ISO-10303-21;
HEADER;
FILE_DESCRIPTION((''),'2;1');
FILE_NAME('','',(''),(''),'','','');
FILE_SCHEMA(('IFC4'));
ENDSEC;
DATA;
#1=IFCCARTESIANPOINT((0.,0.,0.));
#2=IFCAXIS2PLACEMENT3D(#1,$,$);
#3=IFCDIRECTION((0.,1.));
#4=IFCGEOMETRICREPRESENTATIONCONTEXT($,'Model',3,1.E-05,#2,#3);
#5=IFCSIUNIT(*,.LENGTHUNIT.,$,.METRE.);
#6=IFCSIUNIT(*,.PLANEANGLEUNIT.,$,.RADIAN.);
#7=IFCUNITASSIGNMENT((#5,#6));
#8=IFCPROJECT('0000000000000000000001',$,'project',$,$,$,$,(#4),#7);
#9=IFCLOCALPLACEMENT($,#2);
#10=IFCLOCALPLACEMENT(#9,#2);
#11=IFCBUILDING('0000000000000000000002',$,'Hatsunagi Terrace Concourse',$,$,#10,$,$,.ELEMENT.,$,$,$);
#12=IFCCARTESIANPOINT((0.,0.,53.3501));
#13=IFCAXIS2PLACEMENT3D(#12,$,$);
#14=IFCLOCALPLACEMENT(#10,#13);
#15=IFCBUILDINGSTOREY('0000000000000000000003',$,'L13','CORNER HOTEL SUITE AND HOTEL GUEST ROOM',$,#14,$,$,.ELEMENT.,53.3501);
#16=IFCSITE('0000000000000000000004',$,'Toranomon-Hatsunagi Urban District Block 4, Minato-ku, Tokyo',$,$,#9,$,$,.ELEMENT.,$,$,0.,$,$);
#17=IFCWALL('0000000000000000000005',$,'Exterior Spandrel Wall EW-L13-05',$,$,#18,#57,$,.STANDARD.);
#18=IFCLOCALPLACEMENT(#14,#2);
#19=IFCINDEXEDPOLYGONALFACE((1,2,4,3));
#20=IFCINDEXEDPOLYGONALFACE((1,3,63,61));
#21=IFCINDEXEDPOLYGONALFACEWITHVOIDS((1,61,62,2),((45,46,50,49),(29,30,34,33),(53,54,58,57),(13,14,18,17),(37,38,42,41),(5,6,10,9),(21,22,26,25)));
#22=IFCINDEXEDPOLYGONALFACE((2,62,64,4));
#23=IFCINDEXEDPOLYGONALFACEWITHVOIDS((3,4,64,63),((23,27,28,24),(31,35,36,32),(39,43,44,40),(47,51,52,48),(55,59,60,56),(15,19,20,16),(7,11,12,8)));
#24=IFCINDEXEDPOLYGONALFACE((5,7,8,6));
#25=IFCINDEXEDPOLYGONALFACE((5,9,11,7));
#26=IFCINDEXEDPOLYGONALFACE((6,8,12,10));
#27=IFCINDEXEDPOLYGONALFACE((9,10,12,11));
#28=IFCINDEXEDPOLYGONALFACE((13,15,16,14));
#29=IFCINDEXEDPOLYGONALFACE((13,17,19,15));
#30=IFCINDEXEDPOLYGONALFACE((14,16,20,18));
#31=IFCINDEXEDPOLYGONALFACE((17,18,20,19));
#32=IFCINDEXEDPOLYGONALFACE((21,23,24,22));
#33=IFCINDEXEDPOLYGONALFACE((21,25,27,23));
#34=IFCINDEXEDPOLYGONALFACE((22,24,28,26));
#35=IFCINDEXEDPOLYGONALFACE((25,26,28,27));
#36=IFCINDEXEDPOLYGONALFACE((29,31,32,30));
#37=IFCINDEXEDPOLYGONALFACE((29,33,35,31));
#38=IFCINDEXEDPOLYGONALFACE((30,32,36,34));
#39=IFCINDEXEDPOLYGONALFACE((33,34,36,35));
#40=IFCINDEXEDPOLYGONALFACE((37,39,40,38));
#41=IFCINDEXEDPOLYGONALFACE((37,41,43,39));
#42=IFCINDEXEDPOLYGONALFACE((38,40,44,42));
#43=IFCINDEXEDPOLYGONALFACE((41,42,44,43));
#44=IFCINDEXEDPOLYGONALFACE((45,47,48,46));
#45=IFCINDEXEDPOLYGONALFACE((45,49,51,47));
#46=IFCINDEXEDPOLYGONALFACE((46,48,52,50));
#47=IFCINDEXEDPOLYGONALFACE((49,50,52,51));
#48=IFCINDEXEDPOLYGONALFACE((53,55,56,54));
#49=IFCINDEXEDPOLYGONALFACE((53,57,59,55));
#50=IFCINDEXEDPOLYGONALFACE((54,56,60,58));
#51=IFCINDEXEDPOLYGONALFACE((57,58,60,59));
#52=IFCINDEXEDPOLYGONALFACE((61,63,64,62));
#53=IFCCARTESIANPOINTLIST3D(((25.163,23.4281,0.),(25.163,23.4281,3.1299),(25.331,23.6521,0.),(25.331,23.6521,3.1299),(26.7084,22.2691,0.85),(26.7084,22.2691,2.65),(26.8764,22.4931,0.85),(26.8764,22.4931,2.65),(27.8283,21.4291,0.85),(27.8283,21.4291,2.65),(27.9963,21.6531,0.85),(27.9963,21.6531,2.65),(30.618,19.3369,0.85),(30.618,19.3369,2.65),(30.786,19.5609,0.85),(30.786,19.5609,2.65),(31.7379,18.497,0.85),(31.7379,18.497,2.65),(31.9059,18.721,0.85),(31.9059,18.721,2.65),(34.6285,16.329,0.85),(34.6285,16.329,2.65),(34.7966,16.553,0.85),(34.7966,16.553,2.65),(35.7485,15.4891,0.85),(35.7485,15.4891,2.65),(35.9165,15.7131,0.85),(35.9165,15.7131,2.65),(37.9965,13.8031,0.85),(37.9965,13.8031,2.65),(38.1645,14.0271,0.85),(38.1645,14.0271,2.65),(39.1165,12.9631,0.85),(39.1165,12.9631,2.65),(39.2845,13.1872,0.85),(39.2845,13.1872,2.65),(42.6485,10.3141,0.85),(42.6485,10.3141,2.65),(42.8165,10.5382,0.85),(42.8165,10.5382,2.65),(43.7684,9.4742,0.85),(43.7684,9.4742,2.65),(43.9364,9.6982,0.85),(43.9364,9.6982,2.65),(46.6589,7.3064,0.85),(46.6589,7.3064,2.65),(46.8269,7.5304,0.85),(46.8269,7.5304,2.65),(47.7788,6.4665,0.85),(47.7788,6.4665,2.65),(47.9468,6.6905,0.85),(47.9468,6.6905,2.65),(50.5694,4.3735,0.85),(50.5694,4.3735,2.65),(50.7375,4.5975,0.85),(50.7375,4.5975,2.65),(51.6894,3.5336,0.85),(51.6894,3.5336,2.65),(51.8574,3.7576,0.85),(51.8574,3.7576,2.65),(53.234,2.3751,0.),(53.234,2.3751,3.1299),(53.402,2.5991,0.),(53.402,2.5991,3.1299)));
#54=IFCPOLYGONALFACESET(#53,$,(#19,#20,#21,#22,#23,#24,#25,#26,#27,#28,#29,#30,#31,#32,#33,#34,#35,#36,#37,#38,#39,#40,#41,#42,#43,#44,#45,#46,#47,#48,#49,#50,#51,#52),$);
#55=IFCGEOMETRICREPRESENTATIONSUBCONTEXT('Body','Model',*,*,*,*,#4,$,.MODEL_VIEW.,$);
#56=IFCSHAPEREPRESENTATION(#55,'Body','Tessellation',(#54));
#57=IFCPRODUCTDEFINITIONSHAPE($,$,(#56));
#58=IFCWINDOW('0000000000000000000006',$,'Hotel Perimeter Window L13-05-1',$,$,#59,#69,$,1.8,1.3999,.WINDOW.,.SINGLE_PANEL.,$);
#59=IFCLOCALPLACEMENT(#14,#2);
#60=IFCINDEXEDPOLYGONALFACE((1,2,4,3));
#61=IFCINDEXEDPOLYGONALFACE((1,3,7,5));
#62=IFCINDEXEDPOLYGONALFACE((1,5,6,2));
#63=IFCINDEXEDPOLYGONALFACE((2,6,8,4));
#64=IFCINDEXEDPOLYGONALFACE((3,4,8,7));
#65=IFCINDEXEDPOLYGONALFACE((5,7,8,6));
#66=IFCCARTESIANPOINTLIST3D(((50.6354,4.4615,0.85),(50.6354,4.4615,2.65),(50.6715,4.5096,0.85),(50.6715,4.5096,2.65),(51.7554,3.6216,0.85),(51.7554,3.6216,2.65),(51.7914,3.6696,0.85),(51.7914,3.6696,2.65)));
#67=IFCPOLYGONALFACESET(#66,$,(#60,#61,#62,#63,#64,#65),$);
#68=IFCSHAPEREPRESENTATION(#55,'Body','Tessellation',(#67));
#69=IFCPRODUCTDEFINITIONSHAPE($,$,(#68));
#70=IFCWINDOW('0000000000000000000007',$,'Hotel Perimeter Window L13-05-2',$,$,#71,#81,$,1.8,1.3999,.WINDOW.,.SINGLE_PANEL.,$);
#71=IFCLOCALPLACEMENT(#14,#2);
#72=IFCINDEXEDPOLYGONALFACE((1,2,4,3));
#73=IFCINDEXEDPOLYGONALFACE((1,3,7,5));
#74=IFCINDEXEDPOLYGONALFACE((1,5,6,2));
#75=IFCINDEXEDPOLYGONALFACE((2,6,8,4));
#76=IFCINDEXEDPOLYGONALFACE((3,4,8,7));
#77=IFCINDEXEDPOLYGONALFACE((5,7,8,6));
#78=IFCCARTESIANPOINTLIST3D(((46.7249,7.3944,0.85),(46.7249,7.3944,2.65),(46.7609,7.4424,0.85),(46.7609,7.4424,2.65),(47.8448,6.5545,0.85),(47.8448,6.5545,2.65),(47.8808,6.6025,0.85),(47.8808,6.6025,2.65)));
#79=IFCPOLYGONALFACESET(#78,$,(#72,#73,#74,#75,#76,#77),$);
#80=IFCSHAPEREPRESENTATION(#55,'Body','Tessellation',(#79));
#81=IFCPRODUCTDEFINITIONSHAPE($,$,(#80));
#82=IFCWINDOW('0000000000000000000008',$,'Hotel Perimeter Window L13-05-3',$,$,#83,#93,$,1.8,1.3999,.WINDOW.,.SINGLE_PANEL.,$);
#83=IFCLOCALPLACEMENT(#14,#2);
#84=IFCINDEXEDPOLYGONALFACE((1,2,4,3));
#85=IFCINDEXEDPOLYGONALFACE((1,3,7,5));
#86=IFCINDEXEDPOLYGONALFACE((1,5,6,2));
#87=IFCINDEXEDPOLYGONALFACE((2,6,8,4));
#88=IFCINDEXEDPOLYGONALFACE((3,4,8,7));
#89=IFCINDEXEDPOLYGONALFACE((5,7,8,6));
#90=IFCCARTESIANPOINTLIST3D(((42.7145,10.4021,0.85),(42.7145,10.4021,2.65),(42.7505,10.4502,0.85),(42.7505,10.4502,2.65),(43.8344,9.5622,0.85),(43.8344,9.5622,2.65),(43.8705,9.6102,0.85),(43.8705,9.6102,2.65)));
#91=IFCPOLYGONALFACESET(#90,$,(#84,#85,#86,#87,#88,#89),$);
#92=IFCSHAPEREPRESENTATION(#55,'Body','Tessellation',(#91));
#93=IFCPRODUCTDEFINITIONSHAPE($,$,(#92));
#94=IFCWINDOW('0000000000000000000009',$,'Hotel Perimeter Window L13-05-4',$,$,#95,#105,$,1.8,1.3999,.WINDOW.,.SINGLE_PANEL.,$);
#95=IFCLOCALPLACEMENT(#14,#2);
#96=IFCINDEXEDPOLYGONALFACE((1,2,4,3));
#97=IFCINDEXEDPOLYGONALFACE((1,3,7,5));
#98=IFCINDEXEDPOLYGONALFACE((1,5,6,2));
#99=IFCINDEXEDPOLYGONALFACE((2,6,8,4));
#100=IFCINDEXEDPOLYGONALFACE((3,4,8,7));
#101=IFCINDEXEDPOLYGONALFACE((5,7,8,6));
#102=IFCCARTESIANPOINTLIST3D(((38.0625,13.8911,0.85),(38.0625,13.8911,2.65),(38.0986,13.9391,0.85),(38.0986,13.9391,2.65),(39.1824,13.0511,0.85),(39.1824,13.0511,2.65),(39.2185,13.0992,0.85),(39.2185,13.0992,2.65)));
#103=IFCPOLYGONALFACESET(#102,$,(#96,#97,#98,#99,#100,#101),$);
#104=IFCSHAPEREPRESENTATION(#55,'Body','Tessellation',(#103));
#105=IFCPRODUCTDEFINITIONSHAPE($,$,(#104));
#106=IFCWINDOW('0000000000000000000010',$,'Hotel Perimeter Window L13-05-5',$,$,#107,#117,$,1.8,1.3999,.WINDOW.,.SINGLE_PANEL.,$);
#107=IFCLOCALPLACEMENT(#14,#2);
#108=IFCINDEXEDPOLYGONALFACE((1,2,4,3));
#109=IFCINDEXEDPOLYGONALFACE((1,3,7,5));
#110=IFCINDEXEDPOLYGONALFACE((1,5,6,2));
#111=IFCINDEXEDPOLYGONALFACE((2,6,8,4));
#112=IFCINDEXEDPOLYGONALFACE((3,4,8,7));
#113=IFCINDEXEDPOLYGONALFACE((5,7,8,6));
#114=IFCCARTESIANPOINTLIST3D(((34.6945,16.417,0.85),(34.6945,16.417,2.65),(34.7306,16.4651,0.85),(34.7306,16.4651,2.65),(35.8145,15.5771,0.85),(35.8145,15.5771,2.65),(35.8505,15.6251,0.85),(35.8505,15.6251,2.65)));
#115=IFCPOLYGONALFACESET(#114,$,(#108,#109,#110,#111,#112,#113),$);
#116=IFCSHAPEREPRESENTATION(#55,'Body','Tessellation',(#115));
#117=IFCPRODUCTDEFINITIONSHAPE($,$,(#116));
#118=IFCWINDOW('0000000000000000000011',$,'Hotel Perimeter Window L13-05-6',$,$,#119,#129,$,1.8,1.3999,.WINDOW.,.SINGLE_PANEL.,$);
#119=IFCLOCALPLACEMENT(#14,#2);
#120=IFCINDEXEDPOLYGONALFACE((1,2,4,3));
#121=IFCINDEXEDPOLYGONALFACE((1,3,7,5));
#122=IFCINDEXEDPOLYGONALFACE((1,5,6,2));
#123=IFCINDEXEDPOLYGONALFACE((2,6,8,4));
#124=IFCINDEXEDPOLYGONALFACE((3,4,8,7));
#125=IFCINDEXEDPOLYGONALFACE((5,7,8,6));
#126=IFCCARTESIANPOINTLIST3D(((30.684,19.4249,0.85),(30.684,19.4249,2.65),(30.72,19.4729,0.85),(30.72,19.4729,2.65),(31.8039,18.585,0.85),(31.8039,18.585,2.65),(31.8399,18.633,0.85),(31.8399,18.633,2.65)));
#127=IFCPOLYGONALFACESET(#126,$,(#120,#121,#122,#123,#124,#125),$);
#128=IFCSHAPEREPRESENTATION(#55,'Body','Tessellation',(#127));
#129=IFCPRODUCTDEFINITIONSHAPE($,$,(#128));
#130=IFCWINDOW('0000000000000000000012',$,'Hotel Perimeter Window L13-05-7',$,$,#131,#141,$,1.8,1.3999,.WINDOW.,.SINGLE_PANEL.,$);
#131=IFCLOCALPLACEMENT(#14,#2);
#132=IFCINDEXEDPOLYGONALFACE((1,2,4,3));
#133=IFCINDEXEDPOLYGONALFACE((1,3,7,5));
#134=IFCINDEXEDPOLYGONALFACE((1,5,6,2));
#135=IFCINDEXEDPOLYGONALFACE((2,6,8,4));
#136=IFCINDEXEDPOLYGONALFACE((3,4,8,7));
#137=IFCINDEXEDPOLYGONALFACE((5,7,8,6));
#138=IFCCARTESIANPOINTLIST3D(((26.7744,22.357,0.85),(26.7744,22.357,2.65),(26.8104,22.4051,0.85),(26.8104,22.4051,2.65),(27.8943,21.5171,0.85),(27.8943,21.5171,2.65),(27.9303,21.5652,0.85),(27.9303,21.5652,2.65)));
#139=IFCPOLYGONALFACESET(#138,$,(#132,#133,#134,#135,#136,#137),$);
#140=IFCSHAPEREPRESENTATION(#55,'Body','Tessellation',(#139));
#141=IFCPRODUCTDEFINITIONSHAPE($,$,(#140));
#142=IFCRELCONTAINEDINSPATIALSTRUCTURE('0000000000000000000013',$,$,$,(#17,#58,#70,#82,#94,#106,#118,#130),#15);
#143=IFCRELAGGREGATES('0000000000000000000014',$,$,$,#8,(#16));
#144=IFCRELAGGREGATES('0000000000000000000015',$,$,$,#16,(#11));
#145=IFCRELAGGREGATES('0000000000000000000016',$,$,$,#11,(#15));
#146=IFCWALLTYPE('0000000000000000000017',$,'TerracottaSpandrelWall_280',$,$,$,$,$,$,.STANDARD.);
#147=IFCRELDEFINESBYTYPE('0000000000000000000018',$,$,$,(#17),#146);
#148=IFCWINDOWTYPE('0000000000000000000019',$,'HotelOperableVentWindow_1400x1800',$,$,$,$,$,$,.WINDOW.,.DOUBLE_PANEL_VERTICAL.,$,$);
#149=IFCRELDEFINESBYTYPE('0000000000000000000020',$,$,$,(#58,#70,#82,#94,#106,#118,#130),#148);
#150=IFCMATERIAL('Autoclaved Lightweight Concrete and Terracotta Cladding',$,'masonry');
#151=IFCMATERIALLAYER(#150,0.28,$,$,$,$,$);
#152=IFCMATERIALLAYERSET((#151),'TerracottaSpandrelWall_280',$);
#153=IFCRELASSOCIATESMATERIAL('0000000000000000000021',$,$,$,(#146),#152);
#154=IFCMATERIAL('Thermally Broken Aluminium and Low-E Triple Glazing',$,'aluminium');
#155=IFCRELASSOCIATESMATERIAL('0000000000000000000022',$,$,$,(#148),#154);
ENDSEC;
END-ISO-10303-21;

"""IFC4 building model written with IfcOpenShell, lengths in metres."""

from ifc_helpers import new_model, si_unit, direction, frame, frame_2d, origin, place, context, subcontext, project, spatial, rectangle, extrude, material, layer, layer_set, type_object, element, fill, save


model = new_model("IFC4")

# Units and contexts
model_context = context("Model", 3, precision=1e-05, world=origin(), true_north=direction((0.0, 1.0)))
body_context = subcontext(model_context, "Body", "Model", "MODEL_VIEW")
ifc_project = project(units=[si_unit("LENGTHUNIT", "METRE"), si_unit("PLANEANGLEUNIT", "RADIAN")], contexts=[model_context])

# Site, building, storey
site_placement = place(None, origin())
site = spatial("IfcSite", under=ifc_project, at=site_placement, Name="Toranomon-Hatsunagi Urban District Block 4, Minato-ku, Tokyo", CompositionType="ELEMENT", RefElevation=0.0)
building_placement = place(site_placement, origin())
building = spatial("IfcBuilding", under=site, at=building_placement, Name="Hatsunagi Terrace Concourse", CompositionType="ELEMENT")
storey_placement = place(building_placement, frame((0.0, 0.0, 53.3501)))
storey = spatial("IfcBuildingStorey", under=building, at=storey_placement, Name="L13", Description="CORNER HOTEL SUITE AND HOTEL GUEST ROOM", CompositionType="ELEMENT", Elevation=53.3501)

# Wall, openings, windows
ifc_material_1 = material(Name="Autoclaved Lightweight Concrete and Terracotta Cladding", Category="masonry")
ifc_layer_1 = layer(ifc_material_1, 0.28)
ifc_layer_set_1 = layer_set([ifc_layer_1], Name="TerracottaSpandrelWall_280")
wall_type_1 = type_object("IfcWallType", Name="TerracottaSpandrelWall_280", PredefinedType="STANDARD", material=ifc_layer_set_1)
wall_1_placement = place(storey_placement, frame((53.3181, 2.4871, 0.0), z_axis=(0.0, 0.0, 1.0), x_axis=(-0.800004, 0.599994, 0.0)))
wall_1 = element("IfcWall", 1, at=wall_1_placement, inside=storey, type_object=wall_type_1, Name="Exterior Spandrel Wall EW-L13-05", PredefinedType="STANDARD", context=body_context, shape_type="SweptSolid", body=[
    extrude(rectangle(XDim=35.0886, YDim=0.28, at=frame_2d((17.5444, 0.0))), origin(), (0.0, 0.0, 1.0), 3.1299),
])
opening_1_placement = place(wall_1_placement, frame((1.9309, 0.0, 0.8501)))
opening_1 = element("IfcOpeningElement", 2, at=opening_1_placement, cuts=wall_1, PredefinedType="OPENING", context=body_context, shape_type="SweptSolid", body=[
    extrude(rectangle(XDim=1.3999, YDim=1.8, at=frame_2d((0.7, 0.8999))), frame((0.0, 0.1499, 0.0), z_axis=(0.0, -1.0, 0.0), x_axis=(1.0, 0.0, 0.0)), (0.0, 0.0, 1.0), 0.3),
])
opening_2_placement = place(wall_1_placement, frame((6.8191, 0.0, 0.8501)))
opening_2 = element("IfcOpeningElement", 3, at=opening_2_placement, cuts=wall_1, PredefinedType="OPENING", context=body_context, shape_type="SweptSolid", body=[
    extrude(rectangle(XDim=1.3999, YDim=1.8, at=frame_2d((0.7, 0.8999))), frame((0.0, 0.1499, 0.0), z_axis=(0.0, -1.0, 0.0), x_axis=(1.0, 0.0, 0.0)), (0.0, 0.0, 1.0), 0.3),
])
opening_3_placement = place(wall_1_placement, frame((11.832, 0.0, 0.8501)))
opening_3 = element("IfcOpeningElement", 4, at=opening_3_placement, cuts=wall_1, PredefinedType="OPENING", context=body_context, shape_type="SweptSolid", body=[
    extrude(rectangle(XDim=1.3999, YDim=1.8, at=frame_2d((0.7, 0.8999))), frame((0.0, 0.1499, 0.0), z_axis=(0.0, -1.0, 0.0), x_axis=(1.0, 0.0, 0.0)), (0.0, 0.0, 1.0), 0.3),
])
opening_4_placement = place(wall_1_placement, frame((17.647, 0.0, 0.8501)))
opening_4 = element("IfcOpeningElement", 5, at=opening_4_placement, cuts=wall_1, PredefinedType="OPENING", context=body_context, shape_type="SweptSolid", body=[
    extrude(rectangle(XDim=1.3999, YDim=1.8, at=frame_2d((0.7, 0.8999))), frame((0.0, 0.1499, 0.0), z_axis=(0.0, -1.0, 0.0), x_axis=(1.0, 0.0, 0.0)), (0.0, 0.0, 1.0), 0.3),
])
opening_5_placement = place(wall_1_placement, frame((21.8569, 0.0, 0.8501)))
opening_5 = element("IfcOpeningElement", 6, at=opening_5_placement, cuts=wall_1, PredefinedType="OPENING", context=body_context, shape_type="SweptSolid", body=[
    extrude(rectangle(XDim=1.3999, YDim=1.8, at=frame_2d((0.7, 0.8999))), frame((0.0, 0.1499, 0.0), z_axis=(0.0, -1.0, 0.0), x_axis=(1.0, 0.0, 0.0)), (0.0, 0.0, 1.0), 0.3),
])
opening_6_placement = place(wall_1_placement, frame((26.8701, 0.0, 0.8501)))
opening_6 = element("IfcOpeningElement", 7, at=opening_6_placement, cuts=wall_1, PredefinedType="OPENING", context=body_context, shape_type="SweptSolid", body=[
    extrude(rectangle(XDim=1.3999, YDim=1.8, at=frame_2d((0.7, 0.8999))), frame((0.0, 0.1499, 0.0), z_axis=(0.0, -1.0, 0.0), x_axis=(1.0, 0.0, 0.0)), (0.0, 0.0, 1.0), 0.3),
])
opening_7_placement = place(wall_1_placement, frame((31.7571, 0.0, 0.8501)))
opening_7 = element("IfcOpeningElement", 8, at=opening_7_placement, cuts=wall_1, PredefinedType="OPENING", context=body_context, shape_type="SweptSolid", body=[
    extrude(rectangle(XDim=1.3999, YDim=1.8, at=frame_2d((0.7, 0.8999))), frame((0.0, 0.1499, 0.0), z_axis=(0.0, -1.0, 0.0), x_axis=(1.0, 0.0, 0.0)), (0.0, 0.0, 1.0), 0.3),
])
ifc_material_2 = material(Name="Thermally Broken Aluminium and Low-E Triple Glazing", Category="aluminium")
window_type = type_object("IfcWindowType", Name="HotelOperableVentWindow_1400x1800", PartitioningType="DOUBLE_PANEL_VERTICAL", PredefinedType="WINDOW", material=ifc_material_2)
window_1_placement = place(opening_1_placement, origin())
window_1 = element("IfcWindow", 9, at=window_1_placement, inside=storey, type_object=window_type, Name="Hotel Perimeter Window L13-05-1", OverallHeight=1.8, OverallWidth=1.3999, PartitioningType="SINGLE_PANEL", PredefinedType="WINDOW", context=body_context, shape_type="SweptSolid", body=[
    extrude(rectangle(XDim=1.3999, YDim=1.8, at=frame_2d((0.7, 0.8999))), frame((0.0, 0.03, 0.0), z_axis=(0.0, -1.0, 0.0), x_axis=(1.0, 0.0, 0.0)), (0.0, 0.0, 1.0), 0.0601),
])
fill(opening_1, window_1)
window_2_placement = place(opening_2_placement, origin())
window_2 = element("IfcWindow", 10, at=window_2_placement, inside=storey, type_object=window_type, Name="Hotel Perimeter Window L13-05-2", OverallHeight=1.8, OverallWidth=1.3999, PartitioningType="SINGLE_PANEL", PredefinedType="WINDOW", context=body_context, shape_type="SweptSolid", body=[
    extrude(rectangle(XDim=1.3999, YDim=1.8, at=frame_2d((0.7, 0.8999))), frame((0.0, 0.03, 0.0), z_axis=(0.0, -1.0, 0.0), x_axis=(1.0, 0.0, 0.0)), (0.0, 0.0, 1.0), 0.0601),
])
fill(opening_2, window_2)
window_3_placement = place(opening_3_placement, origin())
window_3 = element("IfcWindow", 11, at=window_3_placement, inside=storey, type_object=window_type, Name="Hotel Perimeter Window L13-05-3", OverallHeight=1.8, OverallWidth=1.3999, PartitioningType="SINGLE_PANEL", PredefinedType="WINDOW", context=body_context, shape_type="SweptSolid", body=[
    extrude(rectangle(XDim=1.3999, YDim=1.8, at=frame_2d((0.7, 0.8999))), frame((0.0, 0.03, 0.0), z_axis=(0.0, -1.0, 0.0), x_axis=(1.0, 0.0, 0.0)), (0.0, 0.0, 1.0), 0.0601),
])
fill(opening_3, window_3)
window_4_placement = place(opening_4_placement, origin())
window_4 = element("IfcWindow", 12, at=window_4_placement, inside=storey, type_object=window_type, Name="Hotel Perimeter Window L13-05-4", OverallHeight=1.8, OverallWidth=1.3999, PartitioningType="SINGLE_PANEL", PredefinedType="WINDOW", context=body_context, shape_type="SweptSolid", body=[
    extrude(rectangle(XDim=1.3999, YDim=1.8, at=frame_2d((0.7, 0.8999))), frame((0.0, 0.03, 0.0), z_axis=(0.0, -1.0, 0.0), x_axis=(1.0, 0.0, 0.0)), (0.0, 0.0, 1.0), 0.0601),
])
fill(opening_4, window_4)
window_5_placement = place(opening_5_placement, origin())
window_5 = element("IfcWindow", 13, at=window_5_placement, inside=storey, type_object=window_type, Name="Hotel Perimeter Window L13-05-5", OverallHeight=1.8, OverallWidth=1.3999, PartitioningType="SINGLE_PANEL", PredefinedType="WINDOW", context=body_context, shape_type="SweptSolid", body=[
    extrude(rectangle(XDim=1.3999, YDim=1.8, at=frame_2d((0.7, 0.8999))), frame((0.0, 0.03, 0.0), z_axis=(0.0, -1.0, 0.0), x_axis=(1.0, 0.0, 0.0)), (0.0, 0.0, 1.0), 0.0601),
])
fill(opening_5, window_5)
window_6_placement = place(opening_6_placement, origin())
window_6 = element("IfcWindow", 14, at=window_6_placement, inside=storey, type_object=window_type, Name="Hotel Perimeter Window L13-05-6", OverallHeight=1.8, OverallWidth=1.3999, PartitioningType="SINGLE_PANEL", PredefinedType="WINDOW", context=body_context, shape_type="SweptSolid", body=[
    extrude(rectangle(XDim=1.3999, YDim=1.8, at=frame_2d((0.7, 0.8999))), frame((0.0, 0.03, 0.0), z_axis=(0.0, -1.0, 0.0), x_axis=(1.0, 0.0, 0.0)), (0.0, 0.0, 1.0), 0.0601),
])
fill(opening_6, window_6)
window_7_placement = place(opening_7_placement, origin())
window_7 = element("IfcWindow", 15, at=window_7_placement, inside=storey, type_object=window_type, Name="Hotel Perimeter Window L13-05-7", OverallHeight=1.8, OverallWidth=1.3999, PartitioningType="SINGLE_PANEL", PredefinedType="WINDOW", context=body_context, shape_type="SweptSolid", body=[
    extrude(rectangle(XDim=1.3999, YDim=1.8, at=frame_2d((0.7, 0.8999))), frame((0.0, 0.03, 0.0), z_axis=(0.0, -1.0, 0.0), x_axis=(1.0, 0.0, 0.0)), (0.0, 0.0, 1.0), 0.0601),
])
fill(opening_7, window_7)

save(model, "model.ifc")
